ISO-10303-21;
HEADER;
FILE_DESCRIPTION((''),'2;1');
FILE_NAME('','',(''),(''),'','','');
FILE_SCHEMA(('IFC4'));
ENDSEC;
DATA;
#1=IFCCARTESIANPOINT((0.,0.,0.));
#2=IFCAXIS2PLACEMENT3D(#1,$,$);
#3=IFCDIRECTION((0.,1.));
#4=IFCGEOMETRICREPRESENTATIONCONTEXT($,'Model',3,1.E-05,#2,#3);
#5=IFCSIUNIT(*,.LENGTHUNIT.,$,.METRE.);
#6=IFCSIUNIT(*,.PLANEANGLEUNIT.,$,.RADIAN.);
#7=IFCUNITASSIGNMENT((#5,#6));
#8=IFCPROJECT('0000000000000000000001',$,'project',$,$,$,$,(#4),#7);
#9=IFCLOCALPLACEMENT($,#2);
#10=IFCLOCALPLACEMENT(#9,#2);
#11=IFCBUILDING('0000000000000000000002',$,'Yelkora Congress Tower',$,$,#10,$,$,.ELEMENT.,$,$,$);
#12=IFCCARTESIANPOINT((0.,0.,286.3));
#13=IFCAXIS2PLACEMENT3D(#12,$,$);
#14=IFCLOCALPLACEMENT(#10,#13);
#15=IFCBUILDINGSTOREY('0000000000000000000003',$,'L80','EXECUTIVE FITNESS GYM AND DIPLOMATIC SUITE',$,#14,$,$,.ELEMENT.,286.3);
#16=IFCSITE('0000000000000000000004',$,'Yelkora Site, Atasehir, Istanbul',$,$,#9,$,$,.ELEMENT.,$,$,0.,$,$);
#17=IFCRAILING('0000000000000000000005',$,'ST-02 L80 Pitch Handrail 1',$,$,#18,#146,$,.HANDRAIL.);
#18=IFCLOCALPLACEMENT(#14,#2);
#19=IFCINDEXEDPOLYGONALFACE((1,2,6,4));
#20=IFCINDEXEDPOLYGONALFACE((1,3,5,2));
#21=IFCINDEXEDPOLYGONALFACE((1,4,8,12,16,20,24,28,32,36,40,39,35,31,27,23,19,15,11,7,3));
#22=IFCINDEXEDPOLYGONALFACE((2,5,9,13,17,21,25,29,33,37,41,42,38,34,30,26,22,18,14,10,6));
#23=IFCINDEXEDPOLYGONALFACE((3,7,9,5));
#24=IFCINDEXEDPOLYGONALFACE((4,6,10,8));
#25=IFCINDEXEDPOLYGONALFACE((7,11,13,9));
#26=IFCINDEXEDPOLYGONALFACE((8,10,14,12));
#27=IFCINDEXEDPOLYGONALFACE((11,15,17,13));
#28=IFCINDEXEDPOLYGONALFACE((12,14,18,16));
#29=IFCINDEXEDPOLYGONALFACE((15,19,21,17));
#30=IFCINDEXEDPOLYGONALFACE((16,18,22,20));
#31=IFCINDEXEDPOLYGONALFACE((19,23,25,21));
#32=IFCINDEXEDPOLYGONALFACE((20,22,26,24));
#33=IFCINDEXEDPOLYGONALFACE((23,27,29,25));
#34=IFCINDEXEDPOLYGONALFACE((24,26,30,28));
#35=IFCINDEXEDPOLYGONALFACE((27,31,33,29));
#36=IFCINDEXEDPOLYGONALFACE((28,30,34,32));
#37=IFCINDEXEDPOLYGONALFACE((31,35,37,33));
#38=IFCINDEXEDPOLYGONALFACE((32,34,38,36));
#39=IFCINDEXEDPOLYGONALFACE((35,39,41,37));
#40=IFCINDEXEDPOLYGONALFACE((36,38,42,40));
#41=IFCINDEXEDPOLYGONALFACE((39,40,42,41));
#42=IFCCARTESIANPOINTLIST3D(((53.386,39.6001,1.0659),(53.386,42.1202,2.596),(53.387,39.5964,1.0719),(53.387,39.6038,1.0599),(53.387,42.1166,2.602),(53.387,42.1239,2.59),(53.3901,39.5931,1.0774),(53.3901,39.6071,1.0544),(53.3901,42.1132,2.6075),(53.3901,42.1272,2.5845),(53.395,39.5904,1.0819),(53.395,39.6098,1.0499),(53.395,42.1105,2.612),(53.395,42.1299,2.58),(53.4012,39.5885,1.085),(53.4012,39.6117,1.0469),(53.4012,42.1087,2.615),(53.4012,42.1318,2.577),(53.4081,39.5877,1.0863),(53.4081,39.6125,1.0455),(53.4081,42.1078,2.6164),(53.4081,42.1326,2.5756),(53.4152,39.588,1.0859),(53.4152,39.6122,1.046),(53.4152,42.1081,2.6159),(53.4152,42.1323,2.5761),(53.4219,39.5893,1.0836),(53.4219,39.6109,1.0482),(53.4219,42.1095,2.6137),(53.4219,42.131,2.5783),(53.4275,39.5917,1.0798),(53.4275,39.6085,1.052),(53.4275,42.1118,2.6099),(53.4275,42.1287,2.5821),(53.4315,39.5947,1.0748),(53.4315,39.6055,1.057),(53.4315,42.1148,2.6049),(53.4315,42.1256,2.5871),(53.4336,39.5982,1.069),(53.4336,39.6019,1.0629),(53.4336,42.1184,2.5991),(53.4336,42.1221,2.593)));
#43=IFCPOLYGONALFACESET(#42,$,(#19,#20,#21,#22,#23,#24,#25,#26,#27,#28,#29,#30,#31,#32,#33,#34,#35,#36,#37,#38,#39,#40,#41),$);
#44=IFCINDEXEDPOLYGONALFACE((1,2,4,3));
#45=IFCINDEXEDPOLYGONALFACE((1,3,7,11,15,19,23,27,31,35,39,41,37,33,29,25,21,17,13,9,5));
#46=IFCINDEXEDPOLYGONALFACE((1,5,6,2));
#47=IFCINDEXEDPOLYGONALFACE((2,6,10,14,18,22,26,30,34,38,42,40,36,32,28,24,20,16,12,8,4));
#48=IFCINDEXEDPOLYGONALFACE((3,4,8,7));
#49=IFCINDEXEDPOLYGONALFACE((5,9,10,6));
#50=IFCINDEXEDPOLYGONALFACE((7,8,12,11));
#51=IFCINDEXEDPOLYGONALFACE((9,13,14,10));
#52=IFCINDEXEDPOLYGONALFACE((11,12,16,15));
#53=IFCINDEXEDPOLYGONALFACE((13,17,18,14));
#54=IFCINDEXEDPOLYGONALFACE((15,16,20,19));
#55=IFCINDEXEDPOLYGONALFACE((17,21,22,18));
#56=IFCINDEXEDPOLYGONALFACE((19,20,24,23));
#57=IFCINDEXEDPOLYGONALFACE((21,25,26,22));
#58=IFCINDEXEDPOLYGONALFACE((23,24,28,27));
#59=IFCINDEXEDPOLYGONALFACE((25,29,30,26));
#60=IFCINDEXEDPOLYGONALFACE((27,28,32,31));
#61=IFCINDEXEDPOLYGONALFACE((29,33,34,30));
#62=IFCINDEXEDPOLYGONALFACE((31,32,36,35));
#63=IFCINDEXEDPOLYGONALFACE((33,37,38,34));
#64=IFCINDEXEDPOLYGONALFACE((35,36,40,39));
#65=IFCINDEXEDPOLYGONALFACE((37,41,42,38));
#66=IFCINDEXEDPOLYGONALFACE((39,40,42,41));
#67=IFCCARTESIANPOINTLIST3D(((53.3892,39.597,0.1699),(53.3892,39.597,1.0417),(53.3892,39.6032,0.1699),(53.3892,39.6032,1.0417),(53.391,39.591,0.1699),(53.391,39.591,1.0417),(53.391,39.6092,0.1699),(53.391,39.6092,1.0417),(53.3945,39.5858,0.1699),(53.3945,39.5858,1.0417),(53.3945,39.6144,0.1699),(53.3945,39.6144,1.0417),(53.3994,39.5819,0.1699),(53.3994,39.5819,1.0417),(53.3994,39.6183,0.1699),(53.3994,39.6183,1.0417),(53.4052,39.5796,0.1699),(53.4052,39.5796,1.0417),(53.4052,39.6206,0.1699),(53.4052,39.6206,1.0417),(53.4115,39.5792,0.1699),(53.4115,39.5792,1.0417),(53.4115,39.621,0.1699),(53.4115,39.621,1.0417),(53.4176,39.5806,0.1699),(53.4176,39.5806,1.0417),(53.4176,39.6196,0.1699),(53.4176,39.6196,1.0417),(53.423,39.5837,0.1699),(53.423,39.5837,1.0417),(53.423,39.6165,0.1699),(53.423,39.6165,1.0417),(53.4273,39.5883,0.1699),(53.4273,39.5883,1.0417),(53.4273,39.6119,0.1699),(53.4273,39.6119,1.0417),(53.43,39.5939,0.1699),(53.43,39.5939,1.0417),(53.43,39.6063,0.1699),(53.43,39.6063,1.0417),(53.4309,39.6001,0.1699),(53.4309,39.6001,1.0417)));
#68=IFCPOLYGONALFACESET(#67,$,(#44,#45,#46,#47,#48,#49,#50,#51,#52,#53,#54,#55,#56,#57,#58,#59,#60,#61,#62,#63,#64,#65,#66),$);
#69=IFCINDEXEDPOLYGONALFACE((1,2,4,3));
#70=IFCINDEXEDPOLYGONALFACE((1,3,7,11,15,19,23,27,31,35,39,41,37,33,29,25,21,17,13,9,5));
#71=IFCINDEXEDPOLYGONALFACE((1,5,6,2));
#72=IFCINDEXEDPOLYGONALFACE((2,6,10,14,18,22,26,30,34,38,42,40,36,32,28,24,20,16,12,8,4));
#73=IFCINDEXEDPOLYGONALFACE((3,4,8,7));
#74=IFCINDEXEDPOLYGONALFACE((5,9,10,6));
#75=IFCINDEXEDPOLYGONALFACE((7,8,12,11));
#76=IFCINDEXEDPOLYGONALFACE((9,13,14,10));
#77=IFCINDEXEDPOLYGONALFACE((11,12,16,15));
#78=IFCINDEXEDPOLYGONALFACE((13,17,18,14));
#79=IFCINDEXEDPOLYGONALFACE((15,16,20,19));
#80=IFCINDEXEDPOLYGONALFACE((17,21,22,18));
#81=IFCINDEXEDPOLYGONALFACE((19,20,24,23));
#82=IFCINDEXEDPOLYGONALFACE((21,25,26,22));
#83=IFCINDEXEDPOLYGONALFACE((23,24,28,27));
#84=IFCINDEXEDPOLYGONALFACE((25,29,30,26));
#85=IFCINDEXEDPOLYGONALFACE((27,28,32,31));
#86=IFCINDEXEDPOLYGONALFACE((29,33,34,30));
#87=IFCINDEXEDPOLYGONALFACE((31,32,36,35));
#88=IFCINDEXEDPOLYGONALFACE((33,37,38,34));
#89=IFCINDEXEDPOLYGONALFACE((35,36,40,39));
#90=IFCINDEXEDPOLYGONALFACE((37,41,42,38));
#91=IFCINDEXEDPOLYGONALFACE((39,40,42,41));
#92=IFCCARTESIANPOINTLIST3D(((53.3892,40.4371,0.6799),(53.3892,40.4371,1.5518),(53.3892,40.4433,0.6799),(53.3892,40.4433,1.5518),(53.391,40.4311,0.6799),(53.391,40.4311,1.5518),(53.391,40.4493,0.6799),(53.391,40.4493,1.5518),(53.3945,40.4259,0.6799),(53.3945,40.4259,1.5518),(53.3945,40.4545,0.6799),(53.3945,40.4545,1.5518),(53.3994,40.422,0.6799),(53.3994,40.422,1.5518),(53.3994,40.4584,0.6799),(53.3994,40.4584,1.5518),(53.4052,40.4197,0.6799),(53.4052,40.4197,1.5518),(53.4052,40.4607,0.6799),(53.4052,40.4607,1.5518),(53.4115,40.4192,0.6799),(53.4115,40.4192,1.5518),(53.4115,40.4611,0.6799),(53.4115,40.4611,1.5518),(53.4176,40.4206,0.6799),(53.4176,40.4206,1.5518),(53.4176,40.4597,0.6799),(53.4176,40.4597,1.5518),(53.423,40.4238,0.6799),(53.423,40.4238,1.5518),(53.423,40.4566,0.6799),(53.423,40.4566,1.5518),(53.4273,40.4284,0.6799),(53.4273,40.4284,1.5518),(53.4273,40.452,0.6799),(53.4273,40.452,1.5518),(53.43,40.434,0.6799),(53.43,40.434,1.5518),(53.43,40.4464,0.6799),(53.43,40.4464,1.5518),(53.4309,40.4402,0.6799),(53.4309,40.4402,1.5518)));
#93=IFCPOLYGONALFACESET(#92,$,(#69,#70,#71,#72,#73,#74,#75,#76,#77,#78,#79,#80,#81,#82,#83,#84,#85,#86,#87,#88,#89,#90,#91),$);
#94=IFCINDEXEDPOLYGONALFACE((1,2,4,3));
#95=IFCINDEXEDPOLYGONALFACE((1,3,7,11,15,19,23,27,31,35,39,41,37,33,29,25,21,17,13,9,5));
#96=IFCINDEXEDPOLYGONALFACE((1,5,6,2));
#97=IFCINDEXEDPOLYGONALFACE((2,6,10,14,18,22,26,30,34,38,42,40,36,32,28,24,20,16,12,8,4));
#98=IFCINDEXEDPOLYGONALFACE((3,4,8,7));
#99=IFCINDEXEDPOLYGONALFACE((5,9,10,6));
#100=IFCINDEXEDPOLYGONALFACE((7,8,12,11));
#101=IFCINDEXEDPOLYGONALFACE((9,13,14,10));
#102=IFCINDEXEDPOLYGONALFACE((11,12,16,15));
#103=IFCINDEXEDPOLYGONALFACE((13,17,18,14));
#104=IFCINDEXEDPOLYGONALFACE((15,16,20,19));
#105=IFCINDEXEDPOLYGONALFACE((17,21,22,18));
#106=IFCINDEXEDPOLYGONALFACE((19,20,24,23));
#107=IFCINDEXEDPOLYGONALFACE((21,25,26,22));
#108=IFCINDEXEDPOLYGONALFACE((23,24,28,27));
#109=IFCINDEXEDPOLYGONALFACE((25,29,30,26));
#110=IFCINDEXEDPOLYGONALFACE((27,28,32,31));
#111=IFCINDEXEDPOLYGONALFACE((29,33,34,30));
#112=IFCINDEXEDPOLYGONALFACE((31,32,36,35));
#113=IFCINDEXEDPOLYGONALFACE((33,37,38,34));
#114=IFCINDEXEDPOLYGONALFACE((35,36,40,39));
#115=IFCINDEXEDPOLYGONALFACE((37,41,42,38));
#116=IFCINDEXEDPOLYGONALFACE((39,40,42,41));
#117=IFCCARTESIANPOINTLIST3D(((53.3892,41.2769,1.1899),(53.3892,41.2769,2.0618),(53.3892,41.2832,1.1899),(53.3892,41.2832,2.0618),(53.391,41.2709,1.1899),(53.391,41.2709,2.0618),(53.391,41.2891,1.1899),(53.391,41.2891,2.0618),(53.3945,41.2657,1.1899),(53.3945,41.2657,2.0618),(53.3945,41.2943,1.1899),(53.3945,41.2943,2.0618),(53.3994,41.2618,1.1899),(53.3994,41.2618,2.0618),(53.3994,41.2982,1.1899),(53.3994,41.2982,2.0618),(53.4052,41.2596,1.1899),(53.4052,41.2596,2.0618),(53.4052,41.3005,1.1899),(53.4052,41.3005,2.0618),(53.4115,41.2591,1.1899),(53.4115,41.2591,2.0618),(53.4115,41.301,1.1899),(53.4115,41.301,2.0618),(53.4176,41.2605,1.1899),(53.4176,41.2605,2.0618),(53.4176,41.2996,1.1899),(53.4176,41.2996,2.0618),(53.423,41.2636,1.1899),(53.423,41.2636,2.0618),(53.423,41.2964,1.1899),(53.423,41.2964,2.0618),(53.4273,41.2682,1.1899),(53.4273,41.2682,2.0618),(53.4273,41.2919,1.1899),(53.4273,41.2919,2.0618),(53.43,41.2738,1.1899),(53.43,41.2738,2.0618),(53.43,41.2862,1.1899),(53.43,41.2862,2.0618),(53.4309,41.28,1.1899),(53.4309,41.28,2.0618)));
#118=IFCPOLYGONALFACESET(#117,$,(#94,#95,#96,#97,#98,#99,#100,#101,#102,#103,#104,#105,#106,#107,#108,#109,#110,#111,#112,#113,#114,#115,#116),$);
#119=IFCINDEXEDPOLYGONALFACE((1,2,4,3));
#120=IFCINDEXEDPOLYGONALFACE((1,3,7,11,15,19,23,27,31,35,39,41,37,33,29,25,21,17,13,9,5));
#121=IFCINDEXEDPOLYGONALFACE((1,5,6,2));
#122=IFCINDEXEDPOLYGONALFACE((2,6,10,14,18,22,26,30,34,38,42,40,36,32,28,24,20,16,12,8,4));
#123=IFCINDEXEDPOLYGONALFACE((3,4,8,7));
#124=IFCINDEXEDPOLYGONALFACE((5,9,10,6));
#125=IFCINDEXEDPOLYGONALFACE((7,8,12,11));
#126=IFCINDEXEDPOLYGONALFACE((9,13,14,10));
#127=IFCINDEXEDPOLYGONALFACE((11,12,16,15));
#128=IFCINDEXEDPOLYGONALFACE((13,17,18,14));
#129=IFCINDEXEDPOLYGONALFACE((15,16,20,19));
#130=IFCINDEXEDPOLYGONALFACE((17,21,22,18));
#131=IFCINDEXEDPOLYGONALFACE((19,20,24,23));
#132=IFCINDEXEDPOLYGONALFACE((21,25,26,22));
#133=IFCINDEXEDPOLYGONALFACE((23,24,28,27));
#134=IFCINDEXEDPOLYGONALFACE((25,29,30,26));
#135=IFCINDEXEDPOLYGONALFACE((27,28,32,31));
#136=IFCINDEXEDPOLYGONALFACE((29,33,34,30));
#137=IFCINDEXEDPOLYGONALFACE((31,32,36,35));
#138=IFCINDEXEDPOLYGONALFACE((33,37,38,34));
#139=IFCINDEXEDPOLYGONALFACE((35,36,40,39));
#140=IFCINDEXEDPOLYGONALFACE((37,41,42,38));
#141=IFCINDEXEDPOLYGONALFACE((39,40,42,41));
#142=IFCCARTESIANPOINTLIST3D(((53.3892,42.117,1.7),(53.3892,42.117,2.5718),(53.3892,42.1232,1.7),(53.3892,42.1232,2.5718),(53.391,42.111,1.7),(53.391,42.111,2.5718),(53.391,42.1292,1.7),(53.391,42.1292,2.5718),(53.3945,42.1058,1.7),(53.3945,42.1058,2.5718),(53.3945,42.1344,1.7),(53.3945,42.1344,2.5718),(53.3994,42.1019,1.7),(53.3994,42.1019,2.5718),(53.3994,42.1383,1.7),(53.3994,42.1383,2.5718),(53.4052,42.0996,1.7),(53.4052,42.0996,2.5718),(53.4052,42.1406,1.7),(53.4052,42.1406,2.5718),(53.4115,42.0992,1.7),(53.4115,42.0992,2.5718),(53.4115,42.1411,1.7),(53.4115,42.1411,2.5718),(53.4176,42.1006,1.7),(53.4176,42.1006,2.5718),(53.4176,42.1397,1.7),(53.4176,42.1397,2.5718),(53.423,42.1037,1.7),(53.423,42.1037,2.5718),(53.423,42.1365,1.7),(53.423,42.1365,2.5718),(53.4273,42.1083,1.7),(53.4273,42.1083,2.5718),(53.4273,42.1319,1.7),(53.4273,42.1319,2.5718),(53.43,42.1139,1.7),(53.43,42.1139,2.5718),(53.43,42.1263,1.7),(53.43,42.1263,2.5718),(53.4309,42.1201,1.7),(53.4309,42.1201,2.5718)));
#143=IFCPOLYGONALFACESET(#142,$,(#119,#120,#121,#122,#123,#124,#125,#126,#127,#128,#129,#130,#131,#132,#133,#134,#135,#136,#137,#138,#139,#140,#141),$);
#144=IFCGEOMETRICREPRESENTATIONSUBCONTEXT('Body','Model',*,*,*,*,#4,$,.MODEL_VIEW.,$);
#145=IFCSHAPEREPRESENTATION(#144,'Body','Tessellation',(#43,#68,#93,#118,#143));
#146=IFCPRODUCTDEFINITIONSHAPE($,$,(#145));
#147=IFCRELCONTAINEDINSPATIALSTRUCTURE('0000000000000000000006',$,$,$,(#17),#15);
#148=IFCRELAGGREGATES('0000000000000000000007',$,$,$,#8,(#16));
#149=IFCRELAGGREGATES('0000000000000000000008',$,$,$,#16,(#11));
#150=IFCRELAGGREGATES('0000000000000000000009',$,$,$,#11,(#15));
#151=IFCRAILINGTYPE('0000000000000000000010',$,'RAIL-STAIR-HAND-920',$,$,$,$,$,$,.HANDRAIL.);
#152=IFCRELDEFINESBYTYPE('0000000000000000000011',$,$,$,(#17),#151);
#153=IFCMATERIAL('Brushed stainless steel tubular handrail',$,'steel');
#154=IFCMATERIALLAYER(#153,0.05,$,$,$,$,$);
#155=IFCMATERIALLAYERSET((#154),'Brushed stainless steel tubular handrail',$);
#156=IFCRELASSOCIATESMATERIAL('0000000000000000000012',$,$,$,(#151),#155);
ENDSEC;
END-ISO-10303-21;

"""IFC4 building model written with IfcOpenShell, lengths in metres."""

from ifc_helpers import new_model, si_unit, direction, frame, origin, origin_2d, place, context, subcontext, project, spatial, circle, extrude, material, layer, layer_set, type_object, element, save


model = new_model("IFC4")

# Units and contexts
model_context = context("Model", 3, precision=1e-05, world=origin(), true_north=direction((0.0, 1.0)))
body_context = subcontext(model_context, "Body", "Model", "MODEL_VIEW")
ifc_project = project(units=[si_unit("LENGTHUNIT", "METRE"), si_unit("PLANEANGLEUNIT", "RADIAN")], contexts=[model_context])

# Site, building, storey
site_placement = place(None, origin())
site = spatial("IfcSite", under=ifc_project, at=site_placement, Name="Yelkora Site, Atasehir, Istanbul", CompositionType="ELEMENT", RefElevation=0.0)
building_placement = place(site_placement, origin())
building = spatial("IfcBuilding", under=site, at=building_placement, Name="Yelkora Congress Tower", CompositionType="ELEMENT")
storey_placement = place(building_placement, frame((0.0, 0.0, 286.3)))
storey = spatial("IfcBuildingStorey", under=building, at=storey_placement, Name="L80", Description="EXECUTIVE FITNESS GYM AND DIPLOMATIC SUITE", CompositionType="ELEMENT", Elevation=286.3)

# Railing
ifc_material_1 = material(Name="Brushed stainless steel tubular handrail", Category="steel")
ifc_layer_1 = layer(ifc_material_1, 0.05)
ifc_layer_set_1 = layer_set([ifc_layer_1], Name="Brushed stainless steel tubular handrail")
railing_type_1 = type_object("IfcRailingType", Name="RAIL-STAIR-HAND-920", PredefinedType="HANDRAIL", material=ifc_layer_set_1)
railing_1_placement = place(storey_placement, frame((53.4099, 39.6001, 0.1699)))
element("IfcRailing", 1, at=railing_1_placement, inside=storey, type_object=railing_type_1, Name="ST-02 L80 Pitch Handrail 1", PredefinedType="HANDRAIL", context=body_context, shape_type="SweptSolid", body=[
    extrude(circle(Radius=0.0239, at=origin_2d()), frame((0.0, 0.0, 0.896), z_axis=(0.0, 0.854785, 0.518982), x_axis=(-1.0, 0.0, 0.0)), (0.0, 0.0, 1.0), 2.9482),
    extrude(circle(Radius=0.021, at=origin_2d()), origin(), (0.0, 0.0, 1.0), 0.8718),
    extrude(circle(Radius=0.021, at=origin_2d()), frame((0.0, 0.8401, 0.51)), (0.0, 0.0, 1.0), 0.8718),
    extrude(circle(Radius=0.021, at=origin_2d()), frame((0.0, 1.6799, 1.02)), (0.0, 0.0, 1.0), 0.8718),
    extrude(circle(Radius=0.021, at=origin_2d()), frame((0.0, 2.52, 1.53)), (0.0, 0.0, 1.0), 0.8718),
])

save(model, "model.ifc")
